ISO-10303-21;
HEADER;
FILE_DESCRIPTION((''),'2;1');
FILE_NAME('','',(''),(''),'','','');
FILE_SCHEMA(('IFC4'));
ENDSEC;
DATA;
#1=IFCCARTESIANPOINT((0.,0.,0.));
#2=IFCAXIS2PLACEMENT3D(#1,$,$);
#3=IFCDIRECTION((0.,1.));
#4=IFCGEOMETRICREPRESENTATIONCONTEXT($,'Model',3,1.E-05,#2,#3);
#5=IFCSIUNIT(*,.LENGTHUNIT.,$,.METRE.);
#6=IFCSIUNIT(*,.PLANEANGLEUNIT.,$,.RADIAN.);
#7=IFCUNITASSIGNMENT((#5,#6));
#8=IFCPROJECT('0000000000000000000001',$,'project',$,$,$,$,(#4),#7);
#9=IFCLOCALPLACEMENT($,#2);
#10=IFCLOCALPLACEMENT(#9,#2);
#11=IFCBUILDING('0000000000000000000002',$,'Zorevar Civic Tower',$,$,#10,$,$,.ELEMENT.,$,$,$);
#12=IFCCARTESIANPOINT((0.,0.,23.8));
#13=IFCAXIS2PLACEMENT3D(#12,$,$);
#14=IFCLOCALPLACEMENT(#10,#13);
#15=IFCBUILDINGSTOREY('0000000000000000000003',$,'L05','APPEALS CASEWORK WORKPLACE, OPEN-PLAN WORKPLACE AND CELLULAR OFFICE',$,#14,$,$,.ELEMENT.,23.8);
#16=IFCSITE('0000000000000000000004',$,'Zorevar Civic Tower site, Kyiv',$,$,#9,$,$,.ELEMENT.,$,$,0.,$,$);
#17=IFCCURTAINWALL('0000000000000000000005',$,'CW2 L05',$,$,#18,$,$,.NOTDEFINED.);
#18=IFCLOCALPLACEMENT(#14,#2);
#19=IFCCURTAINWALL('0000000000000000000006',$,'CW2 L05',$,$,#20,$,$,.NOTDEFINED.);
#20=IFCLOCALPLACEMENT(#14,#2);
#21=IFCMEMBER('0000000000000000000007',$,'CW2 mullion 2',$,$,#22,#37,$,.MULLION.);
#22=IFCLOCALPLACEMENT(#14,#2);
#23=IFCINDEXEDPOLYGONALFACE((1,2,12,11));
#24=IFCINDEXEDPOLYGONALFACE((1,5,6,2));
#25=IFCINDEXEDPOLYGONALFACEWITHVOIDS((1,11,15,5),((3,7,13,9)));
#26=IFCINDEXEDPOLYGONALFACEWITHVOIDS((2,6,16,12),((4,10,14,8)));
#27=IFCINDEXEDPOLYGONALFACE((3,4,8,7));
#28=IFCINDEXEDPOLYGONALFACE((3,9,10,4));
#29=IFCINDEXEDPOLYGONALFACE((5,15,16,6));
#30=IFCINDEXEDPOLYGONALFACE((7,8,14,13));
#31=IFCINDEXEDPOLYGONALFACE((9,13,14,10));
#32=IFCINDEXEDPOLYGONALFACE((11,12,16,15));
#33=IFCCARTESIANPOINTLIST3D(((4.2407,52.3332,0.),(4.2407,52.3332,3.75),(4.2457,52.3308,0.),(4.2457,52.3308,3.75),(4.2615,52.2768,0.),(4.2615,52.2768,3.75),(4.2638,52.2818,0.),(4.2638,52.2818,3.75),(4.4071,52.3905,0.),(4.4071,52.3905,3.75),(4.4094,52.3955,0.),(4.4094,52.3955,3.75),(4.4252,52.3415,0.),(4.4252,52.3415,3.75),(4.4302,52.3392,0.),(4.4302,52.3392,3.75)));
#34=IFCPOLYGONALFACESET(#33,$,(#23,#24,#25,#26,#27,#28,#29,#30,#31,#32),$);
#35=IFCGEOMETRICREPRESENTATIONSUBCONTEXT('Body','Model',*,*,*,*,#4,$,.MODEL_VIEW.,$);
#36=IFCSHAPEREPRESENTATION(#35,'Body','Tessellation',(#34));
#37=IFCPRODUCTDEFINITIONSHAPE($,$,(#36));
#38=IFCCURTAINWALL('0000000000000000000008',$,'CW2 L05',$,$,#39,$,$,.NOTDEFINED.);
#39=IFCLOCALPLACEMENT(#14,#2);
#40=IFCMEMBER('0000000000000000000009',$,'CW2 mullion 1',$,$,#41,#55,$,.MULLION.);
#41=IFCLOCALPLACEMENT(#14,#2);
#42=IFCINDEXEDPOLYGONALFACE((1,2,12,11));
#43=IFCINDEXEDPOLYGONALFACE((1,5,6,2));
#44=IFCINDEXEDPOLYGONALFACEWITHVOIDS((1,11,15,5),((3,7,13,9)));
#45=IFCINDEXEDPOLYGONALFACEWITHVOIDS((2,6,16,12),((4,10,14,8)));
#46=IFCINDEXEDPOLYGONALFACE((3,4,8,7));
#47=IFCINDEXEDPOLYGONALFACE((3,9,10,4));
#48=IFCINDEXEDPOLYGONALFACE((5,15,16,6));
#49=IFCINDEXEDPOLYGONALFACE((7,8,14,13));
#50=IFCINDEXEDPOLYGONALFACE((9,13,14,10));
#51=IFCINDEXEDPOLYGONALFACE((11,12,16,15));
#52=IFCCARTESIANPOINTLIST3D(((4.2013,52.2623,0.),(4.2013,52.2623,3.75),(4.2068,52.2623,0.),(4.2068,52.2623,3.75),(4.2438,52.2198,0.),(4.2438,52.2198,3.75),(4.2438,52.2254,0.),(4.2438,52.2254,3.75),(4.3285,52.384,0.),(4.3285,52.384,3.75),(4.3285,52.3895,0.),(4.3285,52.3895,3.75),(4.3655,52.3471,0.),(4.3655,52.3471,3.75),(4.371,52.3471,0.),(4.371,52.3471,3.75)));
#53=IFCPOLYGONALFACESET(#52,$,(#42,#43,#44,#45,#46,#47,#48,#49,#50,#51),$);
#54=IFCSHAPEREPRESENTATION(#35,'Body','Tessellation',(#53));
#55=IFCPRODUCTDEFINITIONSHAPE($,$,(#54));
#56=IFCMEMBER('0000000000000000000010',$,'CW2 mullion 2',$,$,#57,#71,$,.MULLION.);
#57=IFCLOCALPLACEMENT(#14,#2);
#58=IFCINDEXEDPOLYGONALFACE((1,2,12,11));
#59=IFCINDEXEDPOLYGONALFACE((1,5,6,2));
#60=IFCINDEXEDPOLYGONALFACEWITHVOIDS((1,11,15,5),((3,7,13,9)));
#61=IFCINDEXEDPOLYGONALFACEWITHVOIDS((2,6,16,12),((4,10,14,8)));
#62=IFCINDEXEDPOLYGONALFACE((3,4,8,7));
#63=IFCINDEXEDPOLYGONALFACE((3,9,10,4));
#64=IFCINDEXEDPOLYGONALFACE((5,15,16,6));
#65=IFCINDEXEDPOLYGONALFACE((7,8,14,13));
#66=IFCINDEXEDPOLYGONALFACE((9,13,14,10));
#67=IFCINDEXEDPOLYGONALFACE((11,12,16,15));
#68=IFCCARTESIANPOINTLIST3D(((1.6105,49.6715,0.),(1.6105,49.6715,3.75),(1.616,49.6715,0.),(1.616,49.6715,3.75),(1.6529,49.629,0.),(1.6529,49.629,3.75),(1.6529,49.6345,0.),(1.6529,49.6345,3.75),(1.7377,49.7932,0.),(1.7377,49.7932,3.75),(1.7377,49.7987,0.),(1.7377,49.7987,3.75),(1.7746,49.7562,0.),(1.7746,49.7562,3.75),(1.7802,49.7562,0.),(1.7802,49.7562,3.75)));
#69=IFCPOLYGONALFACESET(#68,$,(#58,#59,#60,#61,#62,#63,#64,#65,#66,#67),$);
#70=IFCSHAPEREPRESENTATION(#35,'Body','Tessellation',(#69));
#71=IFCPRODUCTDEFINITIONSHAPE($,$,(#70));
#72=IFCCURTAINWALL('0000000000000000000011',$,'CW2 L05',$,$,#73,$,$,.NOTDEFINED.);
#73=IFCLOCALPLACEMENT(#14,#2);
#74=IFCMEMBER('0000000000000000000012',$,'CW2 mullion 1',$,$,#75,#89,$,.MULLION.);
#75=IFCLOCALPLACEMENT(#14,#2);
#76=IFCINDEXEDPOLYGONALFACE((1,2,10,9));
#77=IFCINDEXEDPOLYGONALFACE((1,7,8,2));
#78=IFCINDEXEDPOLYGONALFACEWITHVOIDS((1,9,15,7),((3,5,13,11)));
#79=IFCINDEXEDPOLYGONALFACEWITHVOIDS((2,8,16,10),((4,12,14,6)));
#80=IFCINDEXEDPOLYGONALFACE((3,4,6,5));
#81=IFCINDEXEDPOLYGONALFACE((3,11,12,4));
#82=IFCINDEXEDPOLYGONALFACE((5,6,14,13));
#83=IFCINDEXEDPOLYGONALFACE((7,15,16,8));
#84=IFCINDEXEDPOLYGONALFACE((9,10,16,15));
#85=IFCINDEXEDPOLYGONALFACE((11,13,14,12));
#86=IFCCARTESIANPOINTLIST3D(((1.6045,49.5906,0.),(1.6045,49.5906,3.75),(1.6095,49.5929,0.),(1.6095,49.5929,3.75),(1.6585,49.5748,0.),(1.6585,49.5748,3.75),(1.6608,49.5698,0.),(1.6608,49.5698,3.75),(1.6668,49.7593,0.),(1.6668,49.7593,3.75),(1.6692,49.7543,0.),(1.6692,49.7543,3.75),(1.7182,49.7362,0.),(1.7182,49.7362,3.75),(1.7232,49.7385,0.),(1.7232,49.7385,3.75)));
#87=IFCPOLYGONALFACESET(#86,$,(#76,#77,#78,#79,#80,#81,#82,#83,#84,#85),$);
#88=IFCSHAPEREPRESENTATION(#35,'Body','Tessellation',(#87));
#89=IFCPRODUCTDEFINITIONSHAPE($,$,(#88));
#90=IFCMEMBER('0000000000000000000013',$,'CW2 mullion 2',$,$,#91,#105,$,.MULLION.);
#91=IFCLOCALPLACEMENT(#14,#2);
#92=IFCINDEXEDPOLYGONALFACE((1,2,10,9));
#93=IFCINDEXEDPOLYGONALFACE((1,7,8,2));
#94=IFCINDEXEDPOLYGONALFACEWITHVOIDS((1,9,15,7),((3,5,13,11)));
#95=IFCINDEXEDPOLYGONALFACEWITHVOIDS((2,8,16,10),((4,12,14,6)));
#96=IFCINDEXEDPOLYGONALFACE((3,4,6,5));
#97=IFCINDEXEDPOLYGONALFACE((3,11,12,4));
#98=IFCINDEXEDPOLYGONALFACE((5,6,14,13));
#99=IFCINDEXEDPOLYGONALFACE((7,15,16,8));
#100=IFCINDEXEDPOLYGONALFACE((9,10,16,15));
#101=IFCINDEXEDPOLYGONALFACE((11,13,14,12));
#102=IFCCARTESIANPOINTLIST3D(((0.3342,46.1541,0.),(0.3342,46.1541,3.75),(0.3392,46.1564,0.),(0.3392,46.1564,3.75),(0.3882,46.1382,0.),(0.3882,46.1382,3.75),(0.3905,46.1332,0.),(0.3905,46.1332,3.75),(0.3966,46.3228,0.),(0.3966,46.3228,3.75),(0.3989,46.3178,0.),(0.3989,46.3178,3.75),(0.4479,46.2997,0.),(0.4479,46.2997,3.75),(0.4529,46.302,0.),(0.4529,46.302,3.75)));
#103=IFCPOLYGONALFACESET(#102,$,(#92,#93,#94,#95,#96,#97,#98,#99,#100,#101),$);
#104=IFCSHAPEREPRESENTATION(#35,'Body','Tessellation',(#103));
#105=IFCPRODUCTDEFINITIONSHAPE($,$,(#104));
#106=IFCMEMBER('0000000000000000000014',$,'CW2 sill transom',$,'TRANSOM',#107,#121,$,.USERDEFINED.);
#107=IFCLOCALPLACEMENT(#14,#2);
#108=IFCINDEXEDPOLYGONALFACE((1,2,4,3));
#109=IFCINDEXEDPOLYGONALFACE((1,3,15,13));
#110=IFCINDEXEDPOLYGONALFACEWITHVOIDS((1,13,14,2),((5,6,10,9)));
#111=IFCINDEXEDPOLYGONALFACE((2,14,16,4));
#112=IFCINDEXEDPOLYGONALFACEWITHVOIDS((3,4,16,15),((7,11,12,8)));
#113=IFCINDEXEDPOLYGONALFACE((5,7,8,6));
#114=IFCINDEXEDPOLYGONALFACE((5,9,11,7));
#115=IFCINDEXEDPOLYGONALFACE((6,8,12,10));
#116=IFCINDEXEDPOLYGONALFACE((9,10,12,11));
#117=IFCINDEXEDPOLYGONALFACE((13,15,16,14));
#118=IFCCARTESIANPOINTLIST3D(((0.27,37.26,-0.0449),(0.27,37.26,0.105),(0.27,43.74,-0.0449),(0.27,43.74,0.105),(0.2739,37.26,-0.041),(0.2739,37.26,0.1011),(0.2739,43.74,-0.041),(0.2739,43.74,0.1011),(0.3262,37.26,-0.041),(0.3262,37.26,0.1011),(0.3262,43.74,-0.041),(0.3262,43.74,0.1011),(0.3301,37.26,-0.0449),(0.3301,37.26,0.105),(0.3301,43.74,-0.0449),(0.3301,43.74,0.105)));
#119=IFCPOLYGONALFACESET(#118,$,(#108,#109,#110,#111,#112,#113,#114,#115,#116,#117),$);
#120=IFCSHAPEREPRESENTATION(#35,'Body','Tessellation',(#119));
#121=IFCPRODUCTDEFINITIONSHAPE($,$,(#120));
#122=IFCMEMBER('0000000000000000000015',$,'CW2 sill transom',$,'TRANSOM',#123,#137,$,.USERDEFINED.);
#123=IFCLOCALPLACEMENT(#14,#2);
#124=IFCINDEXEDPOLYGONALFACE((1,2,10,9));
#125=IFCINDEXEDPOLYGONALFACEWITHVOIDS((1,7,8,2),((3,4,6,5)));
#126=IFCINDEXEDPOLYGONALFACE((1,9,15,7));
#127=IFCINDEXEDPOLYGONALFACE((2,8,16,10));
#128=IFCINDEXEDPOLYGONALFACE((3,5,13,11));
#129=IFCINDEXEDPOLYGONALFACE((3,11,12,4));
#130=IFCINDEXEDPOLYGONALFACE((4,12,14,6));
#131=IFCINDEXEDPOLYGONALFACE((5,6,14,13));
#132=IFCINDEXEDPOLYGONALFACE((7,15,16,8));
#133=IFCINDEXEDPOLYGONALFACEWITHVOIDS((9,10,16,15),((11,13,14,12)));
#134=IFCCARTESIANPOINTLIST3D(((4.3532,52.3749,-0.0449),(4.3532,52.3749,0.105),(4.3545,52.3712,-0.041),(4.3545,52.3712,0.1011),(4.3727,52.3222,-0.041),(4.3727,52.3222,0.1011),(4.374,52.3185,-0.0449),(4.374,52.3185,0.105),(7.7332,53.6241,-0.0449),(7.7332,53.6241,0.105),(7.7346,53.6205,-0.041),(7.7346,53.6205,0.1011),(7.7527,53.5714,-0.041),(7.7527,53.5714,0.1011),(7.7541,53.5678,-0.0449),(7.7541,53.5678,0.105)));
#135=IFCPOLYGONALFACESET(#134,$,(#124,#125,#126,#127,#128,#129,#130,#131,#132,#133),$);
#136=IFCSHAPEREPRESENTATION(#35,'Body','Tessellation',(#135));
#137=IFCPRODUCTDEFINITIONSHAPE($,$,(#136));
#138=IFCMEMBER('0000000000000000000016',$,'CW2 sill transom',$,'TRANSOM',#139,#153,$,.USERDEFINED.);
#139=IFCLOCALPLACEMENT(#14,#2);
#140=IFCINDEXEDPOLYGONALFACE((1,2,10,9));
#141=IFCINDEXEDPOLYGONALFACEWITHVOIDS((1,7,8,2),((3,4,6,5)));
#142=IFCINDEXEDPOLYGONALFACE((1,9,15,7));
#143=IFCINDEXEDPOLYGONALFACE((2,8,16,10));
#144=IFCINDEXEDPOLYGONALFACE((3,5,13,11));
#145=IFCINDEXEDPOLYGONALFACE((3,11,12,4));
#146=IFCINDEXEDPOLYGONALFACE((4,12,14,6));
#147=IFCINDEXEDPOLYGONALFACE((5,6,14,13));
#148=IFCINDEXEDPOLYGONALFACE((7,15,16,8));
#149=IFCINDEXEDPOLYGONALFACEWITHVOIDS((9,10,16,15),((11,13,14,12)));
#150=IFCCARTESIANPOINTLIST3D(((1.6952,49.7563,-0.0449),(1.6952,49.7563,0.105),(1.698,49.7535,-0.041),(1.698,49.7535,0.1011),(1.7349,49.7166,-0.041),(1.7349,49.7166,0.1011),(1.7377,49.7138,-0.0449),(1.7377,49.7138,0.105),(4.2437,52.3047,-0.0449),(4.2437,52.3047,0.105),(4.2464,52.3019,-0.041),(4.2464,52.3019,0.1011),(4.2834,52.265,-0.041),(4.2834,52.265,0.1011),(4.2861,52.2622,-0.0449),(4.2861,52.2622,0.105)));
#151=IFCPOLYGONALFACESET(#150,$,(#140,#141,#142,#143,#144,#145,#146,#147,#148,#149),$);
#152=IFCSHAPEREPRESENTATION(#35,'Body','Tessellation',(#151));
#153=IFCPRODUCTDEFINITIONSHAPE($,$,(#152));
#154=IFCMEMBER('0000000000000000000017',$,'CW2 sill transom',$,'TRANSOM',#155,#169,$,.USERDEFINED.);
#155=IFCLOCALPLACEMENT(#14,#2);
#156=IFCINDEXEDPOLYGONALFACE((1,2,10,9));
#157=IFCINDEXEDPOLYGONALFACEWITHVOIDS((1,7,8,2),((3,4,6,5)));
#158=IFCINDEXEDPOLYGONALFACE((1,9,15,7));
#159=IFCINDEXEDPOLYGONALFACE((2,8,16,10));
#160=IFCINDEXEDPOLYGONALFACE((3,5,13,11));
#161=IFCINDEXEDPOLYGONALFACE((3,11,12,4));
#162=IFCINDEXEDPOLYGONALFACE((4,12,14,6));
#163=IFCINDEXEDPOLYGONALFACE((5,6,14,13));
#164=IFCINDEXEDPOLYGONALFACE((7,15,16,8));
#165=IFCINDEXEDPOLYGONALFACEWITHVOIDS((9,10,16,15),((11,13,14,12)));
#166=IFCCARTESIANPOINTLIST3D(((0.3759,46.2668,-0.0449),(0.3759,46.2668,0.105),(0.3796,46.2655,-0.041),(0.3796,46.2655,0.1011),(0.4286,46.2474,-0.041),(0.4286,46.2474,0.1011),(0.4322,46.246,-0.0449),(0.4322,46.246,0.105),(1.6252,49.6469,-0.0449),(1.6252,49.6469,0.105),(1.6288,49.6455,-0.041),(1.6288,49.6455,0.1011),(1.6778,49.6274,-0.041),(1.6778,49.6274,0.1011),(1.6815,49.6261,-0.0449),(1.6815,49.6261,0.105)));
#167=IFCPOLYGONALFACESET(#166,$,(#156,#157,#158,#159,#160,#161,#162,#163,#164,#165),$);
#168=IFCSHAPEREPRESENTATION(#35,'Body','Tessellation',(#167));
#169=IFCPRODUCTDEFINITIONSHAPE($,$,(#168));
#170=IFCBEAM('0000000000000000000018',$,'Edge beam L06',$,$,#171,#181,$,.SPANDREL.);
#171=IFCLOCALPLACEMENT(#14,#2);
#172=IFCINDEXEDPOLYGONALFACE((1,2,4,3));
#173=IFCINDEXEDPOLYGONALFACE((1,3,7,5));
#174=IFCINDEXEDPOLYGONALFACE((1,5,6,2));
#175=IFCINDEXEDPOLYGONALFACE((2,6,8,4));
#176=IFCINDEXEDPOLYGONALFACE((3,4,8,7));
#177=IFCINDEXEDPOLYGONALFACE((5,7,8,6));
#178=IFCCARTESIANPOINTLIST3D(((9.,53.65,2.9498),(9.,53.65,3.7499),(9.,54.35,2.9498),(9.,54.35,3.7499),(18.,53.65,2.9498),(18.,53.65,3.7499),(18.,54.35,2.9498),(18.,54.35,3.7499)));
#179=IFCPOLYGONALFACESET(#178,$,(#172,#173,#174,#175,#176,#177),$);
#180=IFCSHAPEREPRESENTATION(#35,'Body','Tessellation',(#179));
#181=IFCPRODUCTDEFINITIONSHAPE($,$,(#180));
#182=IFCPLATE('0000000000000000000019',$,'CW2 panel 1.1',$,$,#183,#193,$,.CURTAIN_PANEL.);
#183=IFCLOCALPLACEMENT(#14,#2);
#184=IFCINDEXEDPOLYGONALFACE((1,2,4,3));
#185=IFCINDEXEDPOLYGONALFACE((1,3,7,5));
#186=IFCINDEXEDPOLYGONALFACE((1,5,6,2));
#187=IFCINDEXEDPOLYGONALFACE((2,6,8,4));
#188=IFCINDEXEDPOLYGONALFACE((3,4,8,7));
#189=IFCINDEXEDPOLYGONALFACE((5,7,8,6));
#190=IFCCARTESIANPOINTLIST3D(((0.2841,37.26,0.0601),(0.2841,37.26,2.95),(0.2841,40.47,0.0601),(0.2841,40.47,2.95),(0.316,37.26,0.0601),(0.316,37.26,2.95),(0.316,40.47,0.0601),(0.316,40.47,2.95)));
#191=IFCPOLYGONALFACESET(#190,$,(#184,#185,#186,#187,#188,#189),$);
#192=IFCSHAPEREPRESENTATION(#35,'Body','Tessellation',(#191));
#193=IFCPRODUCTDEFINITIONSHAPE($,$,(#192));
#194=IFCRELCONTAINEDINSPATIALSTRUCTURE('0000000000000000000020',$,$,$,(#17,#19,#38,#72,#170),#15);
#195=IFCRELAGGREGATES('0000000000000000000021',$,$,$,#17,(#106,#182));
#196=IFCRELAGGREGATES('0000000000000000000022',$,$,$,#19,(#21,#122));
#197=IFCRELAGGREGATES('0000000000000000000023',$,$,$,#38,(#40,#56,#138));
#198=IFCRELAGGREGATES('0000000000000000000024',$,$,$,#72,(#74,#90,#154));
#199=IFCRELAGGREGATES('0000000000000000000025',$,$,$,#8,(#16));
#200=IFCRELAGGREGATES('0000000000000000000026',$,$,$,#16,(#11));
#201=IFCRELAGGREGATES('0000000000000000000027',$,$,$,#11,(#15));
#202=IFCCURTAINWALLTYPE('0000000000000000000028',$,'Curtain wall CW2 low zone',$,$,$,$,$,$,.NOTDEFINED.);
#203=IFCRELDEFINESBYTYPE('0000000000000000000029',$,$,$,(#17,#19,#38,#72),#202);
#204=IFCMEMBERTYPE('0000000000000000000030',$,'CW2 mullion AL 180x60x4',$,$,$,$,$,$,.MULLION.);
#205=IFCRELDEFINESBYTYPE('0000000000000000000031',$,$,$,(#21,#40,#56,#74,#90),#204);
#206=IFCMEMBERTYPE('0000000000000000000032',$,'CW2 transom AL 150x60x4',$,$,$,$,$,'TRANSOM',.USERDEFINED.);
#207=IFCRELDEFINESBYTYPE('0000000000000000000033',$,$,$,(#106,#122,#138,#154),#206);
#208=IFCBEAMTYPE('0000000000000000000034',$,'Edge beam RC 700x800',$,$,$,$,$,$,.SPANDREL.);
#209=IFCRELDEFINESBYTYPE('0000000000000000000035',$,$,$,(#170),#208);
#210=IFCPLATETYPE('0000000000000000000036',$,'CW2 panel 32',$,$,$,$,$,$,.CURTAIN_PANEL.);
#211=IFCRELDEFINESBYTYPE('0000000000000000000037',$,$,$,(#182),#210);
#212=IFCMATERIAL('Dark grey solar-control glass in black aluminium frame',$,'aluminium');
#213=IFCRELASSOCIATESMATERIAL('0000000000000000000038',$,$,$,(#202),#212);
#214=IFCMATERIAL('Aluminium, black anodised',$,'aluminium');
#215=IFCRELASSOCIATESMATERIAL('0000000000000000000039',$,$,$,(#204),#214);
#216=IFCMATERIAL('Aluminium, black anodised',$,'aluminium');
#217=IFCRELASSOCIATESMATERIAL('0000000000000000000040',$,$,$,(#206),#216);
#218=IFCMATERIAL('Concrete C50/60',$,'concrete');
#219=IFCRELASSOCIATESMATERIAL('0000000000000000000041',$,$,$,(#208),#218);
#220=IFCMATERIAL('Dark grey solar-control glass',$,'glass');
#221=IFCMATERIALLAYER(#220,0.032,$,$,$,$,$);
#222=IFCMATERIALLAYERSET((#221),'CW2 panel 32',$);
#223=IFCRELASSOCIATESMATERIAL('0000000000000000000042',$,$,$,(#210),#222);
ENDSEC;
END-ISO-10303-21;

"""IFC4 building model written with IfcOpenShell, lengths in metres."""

from ifc_helpers import new_model, si_unit, direction, frame, origin, origin_2d, place, context, subcontext, project, spatial, rectangle, hollow_rectangle, extrude, material, layer, layer_set, material_profile, profile_set, type_object, element, aggregate, save


model = new_model("IFC4")

# Units and contexts
model_context = context("Model", 3, precision=1e-05, world=origin(), true_north=direction((0.0, 1.0)))
body_context = subcontext(model_context, "Body", "Model", "MODEL_VIEW")
ifc_project = project(units=[si_unit("LENGTHUNIT", "METRE"), si_unit("PLANEANGLEUNIT", "RADIAN")], contexts=[model_context])

# Site, building, storey
site_placement = place(None, origin())
site = spatial("IfcSite", under=ifc_project, at=site_placement, Name="Zorevar Civic Tower site, Kyiv", CompositionType="ELEMENT", RefElevation=0.0)
building_placement = place(site_placement, origin())
building = spatial("IfcBuilding", under=site, at=building_placement, Name="Zorevar Civic Tower", CompositionType="ELEMENT")
storey_placement = place(building_placement, frame((0.0, 0.0, 23.8)))
storey = spatial("IfcBuildingStorey", under=building, at=storey_placement, Name="L05", Description="APPEALS CASEWORK WORKPLACE, OPEN-PLAN WORKPLACE AND CELLULAR OFFICE", CompositionType="ELEMENT", Elevation=23.8)

# Curtain walls, members
ifc_material_1 = material(Name="Dark grey solar-control glass in black aluminium frame", Category="aluminium")
curtain_wall_type = type_object("IfcCurtainWallType", Name="Curtain wall CW2 low zone", PredefinedType="NOTDEFINED", material=ifc_material_1)
curtain_wall_1_placement = place(storey_placement, origin())
curtain_wall_1 = element("IfcCurtainWall", 1, at=curtain_wall_1_placement, inside=storey, type_object=curtain_wall_type, Name="CW2 L05", PredefinedType="NOTDEFINED")
ifc_material_2 = material(Name="Aluminium, black anodised", Category="aluminium")
ifc_material_profile_1 = material_profile(ifc_material_2, hollow_rectangle(XDim=0.0601, YDim=0.1799, WallThickness=0.0039, at=origin_2d()), Name="AL 180x60x4")
ifc_profile_set_1 = profile_set([ifc_material_profile_1], Name="Aluminium, black anodised")
member_type_1 = type_object("IfcMemberType", Name="CW2 mullion AL 180x60x4", PredefinedType="MULLION", material=ifc_profile_set_1)
curtain_wall_2_placement = place(storey_placement, origin())
curtain_wall_2 = element("IfcCurtainWall", 2, at=curtain_wall_2_placement, inside=storey, type_object=curtain_wall_type, Name="CW2 L05", PredefinedType="NOTDEFINED")
member_1_placement = place(storey_placement, frame((4.3354, 52.3362, 0.0), z_axis=(0.0, 0.0, 1.0), x_axis=(0.346704, -0.937975, 0.0)))
member_1 = element("IfcMember", 3, at=member_1_placement, type_object=member_type_1, Name="CW2 mullion 2", PredefinedType="MULLION", context=body_context, shape_type="SweptSolid", body=[
    extrude(hollow_rectangle(XDim=0.0601, YDim=0.1799, WallThickness=0.0039, at=origin_2d()), origin(), (0.0, 0.0, 1.0), 3.75),
])
curtain_wall_3_placement = place(storey_placement, origin())
curtain_wall_3 = element("IfcCurtainWall", 4, at=curtain_wall_3_placement, inside=storey, type_object=curtain_wall_type, Name="CW2 L05", PredefinedType="NOTDEFINED")
member_2_placement = place(storey_placement, frame((4.2861, 52.3047, 0.0), z_axis=(0.0, 0.0, 1.0), x_axis=(0.707107, -0.707107, 0.0)))
member_2 = element("IfcMember", 5, at=member_2_placement, type_object=member_type_1, Name="CW2 mullion 1", PredefinedType="MULLION", context=body_context, shape_type="SweptSolid", body=[
    extrude(hollow_rectangle(XDim=0.0601, YDim=0.1799, WallThickness=0.0039, at=origin_2d()), origin(), (0.0, 0.0, 1.0), 3.75),
])
member_3_placement = place(storey_placement, frame((1.6953, 49.7139, 0.0), z_axis=(0.0, 0.0, 1.0), x_axis=(0.707107, -0.707107, 0.0)))
member_3 = element("IfcMember", 6, at=member_3_placement, type_object=member_type_1, Name="CW2 mullion 2", PredefinedType="MULLION", context=body_context, shape_type="SweptSolid", body=[
    extrude(hollow_rectangle(XDim=0.0601, YDim=0.1799, WallThickness=0.0039, at=origin_2d()), origin(), (0.0, 0.0, 1.0), 3.75),
])
curtain_wall_4_placement = place(storey_placement, origin())
curtain_wall_4 = element("IfcCurtainWall", 7, at=curtain_wall_4_placement, inside=storey, type_object=curtain_wall_type, Name="CW2 L05", PredefinedType="NOTDEFINED")
member_4_placement = place(storey_placement, frame((1.6638, 49.6646, 0.0), z_axis=(0.0, 0.0, 1.0), x_axis=(0.937975, -0.346704, 0.0)))
member_4 = element("IfcMember", 8, at=member_4_placement, type_object=member_type_1, Name="CW2 mullion 1", PredefinedType="MULLION", context=body_context, shape_type="SweptSolid", body=[
    extrude(hollow_rectangle(XDim=0.0601, YDim=0.1799, WallThickness=0.0039, at=origin_2d()), origin(), (0.0, 0.0, 1.0), 3.75),
])
member_5_placement = place(storey_placement, frame((0.3936, 46.228, 0.0), z_axis=(0.0, 0.0, 1.0), x_axis=(0.937975, -0.346704, 0.0)))
member_5 = element("IfcMember", 9, at=member_5_placement, type_object=member_type_1, Name="CW2 mullion 2", PredefinedType="MULLION", context=body_context, shape_type="SweptSolid", body=[
    extrude(hollow_rectangle(XDim=0.0601, YDim=0.1799, WallThickness=0.0039, at=origin_2d()), origin(), (0.0, 0.0, 1.0), 3.75),
])

# Members
ifc_material_3 = material(Name="Aluminium, black anodised", Category="aluminium")
ifc_material_profile_2 = material_profile(ifc_material_3, hollow_rectangle(XDim=0.0601, YDim=0.1499, WallThickness=0.0039, at=origin_2d()), Name="AL 150x60x4")
ifc_profile_set_2 = profile_set([ifc_material_profile_2], Name="Aluminium, black anodised")
member_type_2 = type_object("IfcMemberType", Name="CW2 transom AL 150x60x4", ElementType="TRANSOM", PredefinedType="USERDEFINED", material=ifc_profile_set_2)
member_6_placement = place(storey_placement, frame((0.3, 37.26, 0.03), z_axis=(0.0, 1.0, 0.0), x_axis=(-1.0, 0.0, 0.0)))
member_6 = element("IfcMember", 10, at=member_6_placement, type_object=member_type_2, Name="CW2 sill transom", ObjectType="TRANSOM", PredefinedType="USERDEFINED", context=body_context, shape_type="SweptSolid", body=[
    extrude(hollow_rectangle(XDim=0.0601, YDim=0.1499, WallThickness=0.0039, at=origin_2d()), origin(), (0.0, 0.0, 1.0), 6.48),
])
member_7_placement = place(storey_placement, frame((7.7437, 53.5959, 0.03), z_axis=(-0.937986, -0.346672, 0.0), x_axis=(0.346672, -0.937986, 0.0)))
member_7 = element("IfcMember", 11, at=member_7_placement, type_object=member_type_2, Name="CW2 sill transom", ObjectType="TRANSOM", PredefinedType="USERDEFINED", context=body_context, shape_type="SweptSolid", body=[
    extrude(hollow_rectangle(XDim=0.0601, YDim=0.1499, WallThickness=0.0039, at=origin_2d()), origin(), (0.0, 0.0, 1.0), 3.6035),
])
member_8_placement = place(storey_placement, frame((4.2649, 52.2834, 0.03), z_axis=(-0.707107, -0.707107, 0.0), x_axis=(0.707107, -0.707107, 0.0)))
member_8 = element("IfcMember", 12, at=member_8_placement, type_object=member_type_2, Name="CW2 sill transom", ObjectType="TRANSOM", PredefinedType="USERDEFINED", context=body_context, shape_type="SweptSolid", body=[
    extrude(hollow_rectangle(XDim=0.0601, YDim=0.1499, WallThickness=0.0039, at=origin_2d()), origin(), (0.0, 0.0, 1.0), 3.604),
])
member_9_placement = place(storey_placement, frame((1.6533, 49.6365, 0.03), z_axis=(-0.346672, -0.937986, 0.0), x_axis=(0.937986, -0.346672, 0.0)))
member_9 = element("IfcMember", 13, at=member_9_placement, type_object=member_type_2, Name="CW2 sill transom", ObjectType="TRANSOM", PredefinedType="USERDEFINED", context=body_context, shape_type="SweptSolid", body=[
    extrude(hollow_rectangle(XDim=0.0601, YDim=0.1499, WallThickness=0.0039, at=origin_2d()), origin(), (0.0, 0.0, 1.0), 3.6035),
])

# Beam
ifc_material_4 = material(Name="Concrete C50/60", Category="concrete")
ifc_material_profile_3 = material_profile(ifc_material_4, rectangle(XDim=0.7, YDim=0.8, at=origin_2d()), Name="RC 700x800")
ifc_profile_set_3 = profile_set([ifc_material_profile_3], Name="Concrete C50/60")
beam_type_1 = type_object("IfcBeamType", Name="Edge beam RC 700x800", PredefinedType="SPANDREL", material=ifc_profile_set_3)
beam_1_placement = place(storey_placement, frame((9.0, 54.0, 3.3499), z_axis=(1.0, 0.0, 0.0), x_axis=(0.0, 1.0, 0.0)))
element("IfcBeam", 14, at=beam_1_placement, inside=storey, type_object=beam_type_1, Name="Edge beam L06", PredefinedType="SPANDREL", context=body_context, shape_type="SweptSolid", body=[
    extrude(rectangle(XDim=0.7, YDim=0.8, at=origin_2d()), origin(), (0.0, 0.0, 1.0), 9.0),
])

# Plate
ifc_material_5 = material(Name="Dark grey solar-control glass", Category="glass")
ifc_layer_1 = layer(ifc_material_5, 0.032)
ifc_layer_set_1 = layer_set([ifc_layer_1], Name="CW2 panel 32")
plate_type = type_object("IfcPlateType", Name="CW2 panel 32", PredefinedType="CURTAIN_PANEL", material=ifc_layer_set_1)
plate_1_placement = place(storey_placement, frame((0.3, 38.865, 0.0601), z_axis=(0.0, 0.0, 1.0), x_axis=(0.0, 1.0, 0.0)))
plate_1 = element("IfcPlate", 15, at=plate_1_placement, type_object=plate_type, Name="CW2 panel 1.1", PredefinedType="CURTAIN_PANEL", context=body_context, shape_type="SweptSolid", body=[
    extrude(rectangle(XDim=3.21, YDim=0.032, at=origin_2d()), origin(), (0.0, 0.0, 1.0), 2.8899),
])
aggregate(curtain_wall_1, [member_6, plate_1])
aggregate(curtain_wall_2, [member_1, member_7])
aggregate(curtain_wall_3, [member_2, member_3, member_8])
aggregate(curtain_wall_4, [member_4, member_5, member_9])

save(model, "model.ifc")
